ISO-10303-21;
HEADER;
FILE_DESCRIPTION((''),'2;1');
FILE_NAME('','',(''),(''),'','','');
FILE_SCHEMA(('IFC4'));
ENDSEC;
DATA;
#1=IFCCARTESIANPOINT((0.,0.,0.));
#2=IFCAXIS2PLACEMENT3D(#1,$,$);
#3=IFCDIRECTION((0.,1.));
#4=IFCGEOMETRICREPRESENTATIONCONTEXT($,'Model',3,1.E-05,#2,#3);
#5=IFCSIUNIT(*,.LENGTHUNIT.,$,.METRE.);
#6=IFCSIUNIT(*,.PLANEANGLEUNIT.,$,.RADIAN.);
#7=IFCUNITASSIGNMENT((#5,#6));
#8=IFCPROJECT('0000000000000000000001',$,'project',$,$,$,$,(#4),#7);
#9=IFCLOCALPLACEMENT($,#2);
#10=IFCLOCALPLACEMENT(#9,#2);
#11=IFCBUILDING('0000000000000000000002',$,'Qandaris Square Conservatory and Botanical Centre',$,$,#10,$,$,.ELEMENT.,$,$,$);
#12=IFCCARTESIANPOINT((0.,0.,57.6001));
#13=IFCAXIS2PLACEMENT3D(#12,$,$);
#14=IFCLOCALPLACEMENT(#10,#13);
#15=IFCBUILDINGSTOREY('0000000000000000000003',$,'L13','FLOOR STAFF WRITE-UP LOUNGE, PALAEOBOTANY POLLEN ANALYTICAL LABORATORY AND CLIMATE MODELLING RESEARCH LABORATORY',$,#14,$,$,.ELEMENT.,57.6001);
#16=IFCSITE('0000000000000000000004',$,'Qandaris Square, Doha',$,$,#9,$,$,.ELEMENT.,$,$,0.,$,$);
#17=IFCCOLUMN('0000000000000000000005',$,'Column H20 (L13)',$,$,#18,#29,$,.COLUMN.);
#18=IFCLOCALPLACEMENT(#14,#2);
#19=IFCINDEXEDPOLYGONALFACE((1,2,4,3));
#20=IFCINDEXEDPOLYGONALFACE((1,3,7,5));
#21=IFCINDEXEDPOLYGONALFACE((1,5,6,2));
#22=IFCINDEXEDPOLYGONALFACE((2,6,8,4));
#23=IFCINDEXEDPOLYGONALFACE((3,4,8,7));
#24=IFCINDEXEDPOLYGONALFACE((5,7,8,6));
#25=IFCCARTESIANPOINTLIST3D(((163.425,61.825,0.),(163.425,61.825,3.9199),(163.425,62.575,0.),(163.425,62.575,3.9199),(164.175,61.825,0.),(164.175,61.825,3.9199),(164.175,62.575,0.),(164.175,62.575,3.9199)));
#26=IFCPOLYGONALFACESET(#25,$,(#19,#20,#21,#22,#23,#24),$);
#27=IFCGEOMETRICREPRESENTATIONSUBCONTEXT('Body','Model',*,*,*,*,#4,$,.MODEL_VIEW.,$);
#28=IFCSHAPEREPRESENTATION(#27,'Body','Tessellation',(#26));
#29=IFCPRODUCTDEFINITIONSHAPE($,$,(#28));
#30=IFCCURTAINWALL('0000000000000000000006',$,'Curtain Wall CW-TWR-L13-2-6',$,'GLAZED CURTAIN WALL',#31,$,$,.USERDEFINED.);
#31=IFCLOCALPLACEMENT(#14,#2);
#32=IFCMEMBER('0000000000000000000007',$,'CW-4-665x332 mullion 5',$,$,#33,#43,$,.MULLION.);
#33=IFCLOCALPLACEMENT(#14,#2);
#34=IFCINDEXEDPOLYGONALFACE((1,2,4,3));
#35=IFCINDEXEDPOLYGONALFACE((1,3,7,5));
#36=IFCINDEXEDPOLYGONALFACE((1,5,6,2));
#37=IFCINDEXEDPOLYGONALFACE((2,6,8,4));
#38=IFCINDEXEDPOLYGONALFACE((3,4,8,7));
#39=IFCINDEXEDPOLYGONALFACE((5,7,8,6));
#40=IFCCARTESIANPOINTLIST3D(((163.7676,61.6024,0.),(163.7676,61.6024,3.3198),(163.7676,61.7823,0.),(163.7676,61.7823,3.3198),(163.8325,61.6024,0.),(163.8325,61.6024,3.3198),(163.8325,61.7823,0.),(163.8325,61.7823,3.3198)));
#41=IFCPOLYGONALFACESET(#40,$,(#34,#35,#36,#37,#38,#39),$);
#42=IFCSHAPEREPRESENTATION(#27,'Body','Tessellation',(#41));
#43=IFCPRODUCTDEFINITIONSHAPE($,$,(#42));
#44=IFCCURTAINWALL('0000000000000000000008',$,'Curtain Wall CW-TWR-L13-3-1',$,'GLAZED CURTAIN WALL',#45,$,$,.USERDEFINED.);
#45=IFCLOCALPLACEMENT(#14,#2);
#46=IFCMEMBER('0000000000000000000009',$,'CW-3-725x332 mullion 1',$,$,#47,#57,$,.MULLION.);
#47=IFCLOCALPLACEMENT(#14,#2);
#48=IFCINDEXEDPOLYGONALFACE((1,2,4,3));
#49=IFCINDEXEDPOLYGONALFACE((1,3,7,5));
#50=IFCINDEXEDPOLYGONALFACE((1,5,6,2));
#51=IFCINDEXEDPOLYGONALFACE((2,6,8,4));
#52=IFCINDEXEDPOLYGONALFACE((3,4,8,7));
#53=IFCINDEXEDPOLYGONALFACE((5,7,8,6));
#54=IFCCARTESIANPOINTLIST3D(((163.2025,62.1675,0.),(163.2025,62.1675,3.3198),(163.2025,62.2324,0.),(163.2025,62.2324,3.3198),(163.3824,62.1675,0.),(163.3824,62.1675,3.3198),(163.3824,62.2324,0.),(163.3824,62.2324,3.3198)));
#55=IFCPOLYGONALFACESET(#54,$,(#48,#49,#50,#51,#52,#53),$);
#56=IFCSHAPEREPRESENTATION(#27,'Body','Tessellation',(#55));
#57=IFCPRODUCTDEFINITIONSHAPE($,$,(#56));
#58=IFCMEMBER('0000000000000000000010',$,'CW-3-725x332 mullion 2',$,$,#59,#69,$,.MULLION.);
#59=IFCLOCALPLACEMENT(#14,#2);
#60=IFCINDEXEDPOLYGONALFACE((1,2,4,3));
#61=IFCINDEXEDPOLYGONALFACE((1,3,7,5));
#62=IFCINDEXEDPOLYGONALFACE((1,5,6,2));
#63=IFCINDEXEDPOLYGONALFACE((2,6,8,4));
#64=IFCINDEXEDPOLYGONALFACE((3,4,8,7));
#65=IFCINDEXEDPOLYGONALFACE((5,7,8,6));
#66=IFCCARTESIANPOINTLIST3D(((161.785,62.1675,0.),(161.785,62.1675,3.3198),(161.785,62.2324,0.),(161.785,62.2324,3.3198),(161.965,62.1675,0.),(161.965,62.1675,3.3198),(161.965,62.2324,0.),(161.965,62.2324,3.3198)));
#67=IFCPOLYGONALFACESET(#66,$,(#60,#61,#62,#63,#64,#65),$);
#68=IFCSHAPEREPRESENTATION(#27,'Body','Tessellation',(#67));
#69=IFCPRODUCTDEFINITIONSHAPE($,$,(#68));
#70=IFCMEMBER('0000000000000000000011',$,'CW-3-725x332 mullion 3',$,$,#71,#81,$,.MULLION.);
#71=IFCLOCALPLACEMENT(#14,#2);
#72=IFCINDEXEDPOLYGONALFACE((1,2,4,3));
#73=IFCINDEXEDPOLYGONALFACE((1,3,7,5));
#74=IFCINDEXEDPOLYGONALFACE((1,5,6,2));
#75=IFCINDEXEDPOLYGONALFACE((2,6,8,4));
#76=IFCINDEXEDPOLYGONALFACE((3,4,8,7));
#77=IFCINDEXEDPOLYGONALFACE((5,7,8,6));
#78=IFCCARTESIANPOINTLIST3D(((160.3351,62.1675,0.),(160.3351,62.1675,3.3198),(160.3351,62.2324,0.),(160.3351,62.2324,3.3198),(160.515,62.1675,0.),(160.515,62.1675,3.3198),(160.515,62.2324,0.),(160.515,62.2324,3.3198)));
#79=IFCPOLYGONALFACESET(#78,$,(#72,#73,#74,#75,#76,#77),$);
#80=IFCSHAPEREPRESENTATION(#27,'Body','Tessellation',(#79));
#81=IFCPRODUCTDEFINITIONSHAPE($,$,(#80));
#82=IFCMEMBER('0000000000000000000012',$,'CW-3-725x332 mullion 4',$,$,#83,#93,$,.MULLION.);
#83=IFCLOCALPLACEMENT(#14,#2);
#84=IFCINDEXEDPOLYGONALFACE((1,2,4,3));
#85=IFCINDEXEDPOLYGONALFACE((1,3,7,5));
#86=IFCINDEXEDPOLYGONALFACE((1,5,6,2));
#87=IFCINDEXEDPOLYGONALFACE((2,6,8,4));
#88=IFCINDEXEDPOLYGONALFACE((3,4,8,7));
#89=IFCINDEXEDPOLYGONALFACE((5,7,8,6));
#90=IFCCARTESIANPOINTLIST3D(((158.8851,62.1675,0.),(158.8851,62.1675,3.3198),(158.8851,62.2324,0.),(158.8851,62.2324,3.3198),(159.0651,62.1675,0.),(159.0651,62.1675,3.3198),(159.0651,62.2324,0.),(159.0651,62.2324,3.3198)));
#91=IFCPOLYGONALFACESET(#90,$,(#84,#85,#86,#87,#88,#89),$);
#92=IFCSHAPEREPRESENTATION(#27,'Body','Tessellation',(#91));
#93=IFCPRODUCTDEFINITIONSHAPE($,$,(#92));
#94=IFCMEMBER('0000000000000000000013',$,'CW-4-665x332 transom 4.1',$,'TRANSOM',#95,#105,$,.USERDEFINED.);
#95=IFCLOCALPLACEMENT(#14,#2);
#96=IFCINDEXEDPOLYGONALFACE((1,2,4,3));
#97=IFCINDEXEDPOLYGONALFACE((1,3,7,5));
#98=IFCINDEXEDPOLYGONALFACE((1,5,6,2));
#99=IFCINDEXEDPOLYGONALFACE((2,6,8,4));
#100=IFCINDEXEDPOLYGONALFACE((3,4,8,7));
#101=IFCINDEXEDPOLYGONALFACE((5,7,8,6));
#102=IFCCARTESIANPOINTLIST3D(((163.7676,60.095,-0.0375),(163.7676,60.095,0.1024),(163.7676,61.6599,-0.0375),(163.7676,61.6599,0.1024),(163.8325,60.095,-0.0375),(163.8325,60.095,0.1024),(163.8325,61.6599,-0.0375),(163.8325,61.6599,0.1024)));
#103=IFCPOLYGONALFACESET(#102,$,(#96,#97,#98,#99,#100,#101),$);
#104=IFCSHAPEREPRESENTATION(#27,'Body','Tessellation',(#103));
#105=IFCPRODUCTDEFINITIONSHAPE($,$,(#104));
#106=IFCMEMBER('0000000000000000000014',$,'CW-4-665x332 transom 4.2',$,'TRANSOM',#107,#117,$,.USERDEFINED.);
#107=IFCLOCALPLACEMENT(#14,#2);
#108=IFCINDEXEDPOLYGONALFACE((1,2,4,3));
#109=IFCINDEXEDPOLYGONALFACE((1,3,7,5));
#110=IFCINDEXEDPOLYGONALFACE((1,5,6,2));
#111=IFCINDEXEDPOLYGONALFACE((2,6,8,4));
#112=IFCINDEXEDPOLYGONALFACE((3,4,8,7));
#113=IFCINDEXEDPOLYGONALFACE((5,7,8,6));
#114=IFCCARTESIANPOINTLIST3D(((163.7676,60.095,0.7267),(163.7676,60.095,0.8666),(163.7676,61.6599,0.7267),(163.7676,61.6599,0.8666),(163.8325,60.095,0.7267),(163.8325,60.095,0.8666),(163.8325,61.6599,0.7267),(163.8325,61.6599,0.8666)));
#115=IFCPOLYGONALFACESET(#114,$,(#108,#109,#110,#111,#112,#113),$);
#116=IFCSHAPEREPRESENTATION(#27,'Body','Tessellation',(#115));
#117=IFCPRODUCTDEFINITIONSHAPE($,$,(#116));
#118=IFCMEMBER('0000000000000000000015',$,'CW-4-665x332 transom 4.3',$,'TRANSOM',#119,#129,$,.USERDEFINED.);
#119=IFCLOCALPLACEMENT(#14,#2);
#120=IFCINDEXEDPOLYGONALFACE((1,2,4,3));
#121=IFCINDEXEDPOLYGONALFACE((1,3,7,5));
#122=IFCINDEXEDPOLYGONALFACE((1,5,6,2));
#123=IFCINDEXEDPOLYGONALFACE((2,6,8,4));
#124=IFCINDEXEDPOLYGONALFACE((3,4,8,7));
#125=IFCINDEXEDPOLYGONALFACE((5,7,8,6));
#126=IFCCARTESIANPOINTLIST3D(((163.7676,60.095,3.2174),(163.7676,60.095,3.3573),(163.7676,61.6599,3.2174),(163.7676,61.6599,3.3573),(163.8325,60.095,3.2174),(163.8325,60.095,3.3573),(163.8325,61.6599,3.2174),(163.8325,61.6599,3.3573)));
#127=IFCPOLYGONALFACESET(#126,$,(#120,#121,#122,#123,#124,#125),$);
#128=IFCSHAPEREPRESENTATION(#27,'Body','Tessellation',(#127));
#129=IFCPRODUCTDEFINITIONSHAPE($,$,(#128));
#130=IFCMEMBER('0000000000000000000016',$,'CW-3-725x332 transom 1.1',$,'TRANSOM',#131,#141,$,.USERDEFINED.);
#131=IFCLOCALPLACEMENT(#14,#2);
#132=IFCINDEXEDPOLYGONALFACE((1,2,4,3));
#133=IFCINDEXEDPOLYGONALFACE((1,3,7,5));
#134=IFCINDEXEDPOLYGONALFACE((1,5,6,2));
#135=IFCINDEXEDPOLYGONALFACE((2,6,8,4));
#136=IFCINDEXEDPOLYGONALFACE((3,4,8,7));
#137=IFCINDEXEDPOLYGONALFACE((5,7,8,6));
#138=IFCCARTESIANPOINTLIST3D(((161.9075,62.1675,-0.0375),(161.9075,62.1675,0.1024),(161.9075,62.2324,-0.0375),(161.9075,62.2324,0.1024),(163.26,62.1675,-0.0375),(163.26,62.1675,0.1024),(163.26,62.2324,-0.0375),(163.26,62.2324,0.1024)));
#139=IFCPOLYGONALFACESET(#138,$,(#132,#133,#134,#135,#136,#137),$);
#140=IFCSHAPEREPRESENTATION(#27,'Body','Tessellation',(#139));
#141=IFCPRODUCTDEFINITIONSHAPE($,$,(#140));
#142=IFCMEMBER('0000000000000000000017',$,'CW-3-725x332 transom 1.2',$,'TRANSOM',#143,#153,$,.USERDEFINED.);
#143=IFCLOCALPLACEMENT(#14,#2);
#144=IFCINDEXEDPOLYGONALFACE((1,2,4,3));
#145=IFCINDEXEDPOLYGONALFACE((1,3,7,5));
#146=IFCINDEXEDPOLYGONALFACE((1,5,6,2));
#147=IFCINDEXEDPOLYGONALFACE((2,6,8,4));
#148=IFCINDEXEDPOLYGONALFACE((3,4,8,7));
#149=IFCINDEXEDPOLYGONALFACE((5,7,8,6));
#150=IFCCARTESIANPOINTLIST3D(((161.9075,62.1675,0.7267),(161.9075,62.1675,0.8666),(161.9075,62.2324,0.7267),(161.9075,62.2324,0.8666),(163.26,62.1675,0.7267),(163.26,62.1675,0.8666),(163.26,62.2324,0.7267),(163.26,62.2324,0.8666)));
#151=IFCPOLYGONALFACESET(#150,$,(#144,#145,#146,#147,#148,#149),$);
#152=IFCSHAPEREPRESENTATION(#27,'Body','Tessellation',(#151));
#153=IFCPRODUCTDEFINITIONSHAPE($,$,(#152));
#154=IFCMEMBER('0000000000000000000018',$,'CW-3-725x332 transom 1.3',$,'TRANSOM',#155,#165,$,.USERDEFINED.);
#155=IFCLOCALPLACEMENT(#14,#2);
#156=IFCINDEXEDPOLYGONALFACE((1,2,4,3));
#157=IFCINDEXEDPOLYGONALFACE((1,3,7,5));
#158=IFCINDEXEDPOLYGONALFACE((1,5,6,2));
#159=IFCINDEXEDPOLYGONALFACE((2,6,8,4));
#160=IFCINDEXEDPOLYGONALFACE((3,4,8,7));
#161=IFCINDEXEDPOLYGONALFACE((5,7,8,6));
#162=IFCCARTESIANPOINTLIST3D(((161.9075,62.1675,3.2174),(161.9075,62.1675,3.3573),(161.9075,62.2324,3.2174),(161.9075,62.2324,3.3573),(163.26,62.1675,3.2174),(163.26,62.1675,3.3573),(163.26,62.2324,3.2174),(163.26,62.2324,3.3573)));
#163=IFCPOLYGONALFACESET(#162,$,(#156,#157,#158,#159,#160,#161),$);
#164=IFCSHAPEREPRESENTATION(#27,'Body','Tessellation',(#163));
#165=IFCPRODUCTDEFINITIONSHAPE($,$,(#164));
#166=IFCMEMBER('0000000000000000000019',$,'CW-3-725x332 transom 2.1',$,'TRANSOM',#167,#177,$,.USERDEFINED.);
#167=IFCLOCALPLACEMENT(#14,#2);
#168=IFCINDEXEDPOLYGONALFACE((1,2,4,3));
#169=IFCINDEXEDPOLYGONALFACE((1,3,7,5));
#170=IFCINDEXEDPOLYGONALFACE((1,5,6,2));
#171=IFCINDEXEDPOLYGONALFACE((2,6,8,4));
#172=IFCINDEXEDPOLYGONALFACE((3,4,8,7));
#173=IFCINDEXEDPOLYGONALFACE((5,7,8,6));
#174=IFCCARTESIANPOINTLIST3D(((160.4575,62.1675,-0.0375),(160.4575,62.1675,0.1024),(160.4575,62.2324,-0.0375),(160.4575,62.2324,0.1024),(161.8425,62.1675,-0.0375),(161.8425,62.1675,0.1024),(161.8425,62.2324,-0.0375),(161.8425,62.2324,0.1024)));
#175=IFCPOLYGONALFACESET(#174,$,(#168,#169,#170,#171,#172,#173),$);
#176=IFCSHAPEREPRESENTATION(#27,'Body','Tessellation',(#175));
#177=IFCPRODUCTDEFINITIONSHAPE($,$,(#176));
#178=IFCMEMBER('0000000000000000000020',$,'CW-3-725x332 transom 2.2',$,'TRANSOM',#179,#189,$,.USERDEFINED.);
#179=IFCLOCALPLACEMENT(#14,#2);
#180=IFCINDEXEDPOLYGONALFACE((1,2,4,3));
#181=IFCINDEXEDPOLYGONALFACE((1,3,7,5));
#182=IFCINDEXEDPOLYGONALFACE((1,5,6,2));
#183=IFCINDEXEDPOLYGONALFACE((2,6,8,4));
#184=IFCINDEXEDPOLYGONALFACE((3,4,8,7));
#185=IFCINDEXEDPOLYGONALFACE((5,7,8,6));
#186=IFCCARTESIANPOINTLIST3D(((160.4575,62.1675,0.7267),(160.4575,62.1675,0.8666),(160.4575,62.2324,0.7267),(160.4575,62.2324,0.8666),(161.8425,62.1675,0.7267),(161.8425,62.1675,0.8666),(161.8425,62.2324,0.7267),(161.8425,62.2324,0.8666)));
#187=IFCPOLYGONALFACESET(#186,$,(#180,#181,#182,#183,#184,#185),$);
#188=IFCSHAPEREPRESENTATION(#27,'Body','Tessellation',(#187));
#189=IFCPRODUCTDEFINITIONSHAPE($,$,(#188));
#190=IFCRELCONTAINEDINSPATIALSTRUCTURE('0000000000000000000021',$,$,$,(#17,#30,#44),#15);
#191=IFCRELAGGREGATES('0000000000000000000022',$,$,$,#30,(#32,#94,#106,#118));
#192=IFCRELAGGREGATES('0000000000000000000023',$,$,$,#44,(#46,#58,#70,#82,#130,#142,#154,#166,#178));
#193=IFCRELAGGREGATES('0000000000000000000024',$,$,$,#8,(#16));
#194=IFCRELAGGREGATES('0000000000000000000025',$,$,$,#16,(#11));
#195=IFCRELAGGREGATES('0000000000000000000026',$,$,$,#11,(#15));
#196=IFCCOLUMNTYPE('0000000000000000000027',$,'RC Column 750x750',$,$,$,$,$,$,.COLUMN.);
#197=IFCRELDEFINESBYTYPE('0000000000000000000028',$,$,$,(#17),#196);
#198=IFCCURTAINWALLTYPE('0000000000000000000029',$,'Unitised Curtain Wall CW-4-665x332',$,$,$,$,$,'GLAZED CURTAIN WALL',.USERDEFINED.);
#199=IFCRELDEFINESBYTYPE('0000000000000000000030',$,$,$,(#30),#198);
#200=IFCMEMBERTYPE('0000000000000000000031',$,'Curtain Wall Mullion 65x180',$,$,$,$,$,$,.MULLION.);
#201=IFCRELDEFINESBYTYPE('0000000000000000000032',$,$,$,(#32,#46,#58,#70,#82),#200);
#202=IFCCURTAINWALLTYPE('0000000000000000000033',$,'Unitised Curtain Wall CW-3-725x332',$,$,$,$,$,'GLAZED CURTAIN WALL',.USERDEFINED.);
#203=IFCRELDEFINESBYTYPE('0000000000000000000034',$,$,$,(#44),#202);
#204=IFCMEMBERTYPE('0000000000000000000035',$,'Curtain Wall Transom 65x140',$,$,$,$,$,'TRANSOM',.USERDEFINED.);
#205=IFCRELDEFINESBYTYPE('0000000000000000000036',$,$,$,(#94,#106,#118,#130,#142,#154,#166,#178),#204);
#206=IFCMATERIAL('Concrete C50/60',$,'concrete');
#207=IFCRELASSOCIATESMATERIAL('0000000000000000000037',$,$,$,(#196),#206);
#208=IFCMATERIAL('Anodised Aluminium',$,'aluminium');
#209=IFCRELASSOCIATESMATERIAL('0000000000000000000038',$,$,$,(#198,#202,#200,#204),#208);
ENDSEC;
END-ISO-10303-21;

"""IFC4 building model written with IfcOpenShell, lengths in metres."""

from ifc_helpers import new_model, si_unit, direction, frame, origin, origin_2d, place, context, subcontext, project, spatial, rectangle, extrude, material, material_profile, profile_set, type_object, element, aggregate, save


model = new_model("IFC4")

# Units and contexts
model_context = context("Model", 3, precision=1e-05, world=origin(), true_north=direction((0.0, 1.0)))
body_context = subcontext(model_context, "Body", "Model", "MODEL_VIEW")
ifc_project = project(units=[si_unit("LENGTHUNIT", "METRE"), si_unit("PLANEANGLEUNIT", "RADIAN")], contexts=[model_context])

# Site, building, storey
site_placement = place(None, origin())
site = spatial("IfcSite", under=ifc_project, at=site_placement, Name="Qandaris Square, Doha", CompositionType="ELEMENT", RefElevation=0.0)
building_placement = place(site_placement, origin())
building = spatial("IfcBuilding", under=site, at=building_placement, Name="Qandaris Square Conservatory and Botanical Centre", CompositionType="ELEMENT")
storey_placement = place(building_placement, frame((0.0, 0.0, 57.6001)))
storey = spatial("IfcBuildingStorey", under=building, at=storey_placement, Name="L13", Description="FLOOR STAFF WRITE-UP LOUNGE, PALAEOBOTANY POLLEN ANALYTICAL LABORATORY AND CLIMATE MODELLING RESEARCH LABORATORY", CompositionType="ELEMENT", Elevation=57.6001)

# Column
ifc_material_1 = material(Name="Concrete C50/60", Category="concrete")
ifc_material_profile_1 = material_profile(ifc_material_1, rectangle(XDim=0.75, YDim=0.75, at=origin_2d()), Name="RC-COL 750x750")
ifc_profile_set_1 = profile_set([ifc_material_profile_1], Name="Concrete C50/60")
column_type = type_object("IfcColumnType", Name="RC Column 750x750", PredefinedType="COLUMN", material=ifc_profile_set_1)
column_placement = place(storey_placement, frame((163.8, 62.2, 0.0), z_axis=(0.0, 0.0, 1.0), x_axis=(1.0, 0.0, 0.0)))
element("IfcColumn", 1, at=column_placement, inside=storey, type_object=column_type, Name="Column H20 (L13)", PredefinedType="COLUMN", context=body_context, shape_type="SweptSolid", body=[
    extrude(rectangle(XDim=0.75, YDim=0.75, at=origin_2d()), origin(), (0.0, 0.0, 1.0), 3.9199),
])

# Curtain wall, member
ifc_material_2 = material(Name="Anodised Aluminium", Category="aluminium")
curtain_wall_type_1 = type_object("IfcCurtainWallType", Name="Unitised Curtain Wall CW-4-665x332", ElementType="GLAZED CURTAIN WALL", PredefinedType="USERDEFINED", material=ifc_material_2)
curtain_wall_1_placement = place(storey_placement, origin())
curtain_wall_1 = element("IfcCurtainWall", 2, at=curtain_wall_1_placement, inside=storey, type_object=curtain_wall_type_1, Name="Curtain Wall CW-TWR-L13-2-6", ObjectType="GLAZED CURTAIN WALL", PredefinedType="USERDEFINED")
ifc_material_profile_2 = material_profile(ifc_material_2, rectangle(XDim=0.0649, YDim=0.1799, at=origin_2d()), Name="ALU-MUL 65x180")
ifc_profile_set_2 = profile_set([ifc_material_profile_2], Name="Anodised Aluminium")
member_type_1 = type_object("IfcMemberType", Name="Curtain Wall Mullion 65x180", PredefinedType="MULLION", material=ifc_profile_set_2)
member_1_placement = place(storey_placement, frame((163.8, 61.6924, 0.0), z_axis=(0.0, 0.0, 1.0), x_axis=(-1.0, 0.0, 0.0)))
member_1 = element("IfcMember", 3, at=member_1_placement, type_object=member_type_1, Name="CW-4-665x332 mullion 5", PredefinedType="MULLION", context=body_context, shape_type="SweptSolid", body=[
    extrude(rectangle(XDim=0.0649, YDim=0.1799, at=origin_2d()), origin(), (0.0, 0.0, 1.0), 3.3198),
])

# Curtain wall, members
curtain_wall_type_2 = type_object("IfcCurtainWallType", Name="Unitised Curtain Wall CW-3-725x332", ElementType="GLAZED CURTAIN WALL", PredefinedType="USERDEFINED", material=ifc_material_2)
curtain_wall_2_placement = place(storey_placement, origin())
curtain_wall_2 = element("IfcCurtainWall", 4, at=curtain_wall_2_placement, inside=storey, type_object=curtain_wall_type_2, Name="Curtain Wall CW-TWR-L13-3-1", ObjectType="GLAZED CURTAIN WALL", PredefinedType="USERDEFINED")
member_2_placement = place(storey_placement, frame((163.2925, 62.2, 0.0), z_axis=(0.0, 0.0, 1.0), x_axis=(0.0, -1.0, 0.0)))
member_2 = element("IfcMember", 5, at=member_2_placement, type_object=member_type_1, Name="CW-3-725x332 mullion 1", PredefinedType="MULLION", context=body_context, shape_type="SweptSolid", body=[
    extrude(rectangle(XDim=0.0649, YDim=0.1799, at=origin_2d()), origin(), (0.0, 0.0, 1.0), 3.3198),
])
member_3_placement = place(storey_placement, frame((161.875, 62.2, 0.0), z_axis=(0.0, 0.0, 1.0), x_axis=(0.0, -1.0, 0.0)))
member_3 = element("IfcMember", 6, at=member_3_placement, type_object=member_type_1, Name="CW-3-725x332 mullion 2", PredefinedType="MULLION", context=body_context, shape_type="SweptSolid", body=[
    extrude(rectangle(XDim=0.0649, YDim=0.1799, at=origin_2d()), origin(), (0.0, 0.0, 1.0), 3.3198),
])
member_4_placement = place(storey_placement, frame((160.425, 62.2, 0.0), z_axis=(0.0, 0.0, 1.0), x_axis=(0.0, -1.0, 0.0)))
member_4 = element("IfcMember", 7, at=member_4_placement, type_object=member_type_1, Name="CW-3-725x332 mullion 3", PredefinedType="MULLION", context=body_context, shape_type="SweptSolid", body=[
    extrude(rectangle(XDim=0.0649, YDim=0.1799, at=origin_2d()), origin(), (0.0, 0.0, 1.0), 3.3198),
])
member_5_placement = place(storey_placement, frame((158.9751, 62.2, 0.0), z_axis=(0.0, 0.0, 1.0), x_axis=(0.0, -1.0, 0.0)))
member_5 = element("IfcMember", 8, at=member_5_placement, type_object=member_type_1, Name="CW-3-725x332 mullion 4", PredefinedType="MULLION", context=body_context, shape_type="SweptSolid", body=[
    extrude(rectangle(XDim=0.0649, YDim=0.1799, at=origin_2d()), origin(), (0.0, 0.0, 1.0), 3.3198),
])

# Members
ifc_material_profile_3 = material_profile(ifc_material_2, rectangle(XDim=0.0649, YDim=0.1399, at=origin_2d()), Name="ALU-TRN 65x140")
ifc_profile_set_3 = profile_set([ifc_material_profile_3], Name="Anodised Aluminium")
member_type_2 = type_object("IfcMemberType", Name="Curtain Wall Transom 65x140", ElementType="TRANSOM", PredefinedType="USERDEFINED", material=ifc_profile_set_3)
member_6_placement = place(storey_placement, frame((163.8, 60.095, 0.0325), z_axis=(0.0, 1.0, 0.0), x_axis=(-1.0, 0.0, 0.0)))
member_6 = element("IfcMember", 9, at=member_6_placement, type_object=member_type_2, Name="CW-4-665x332 transom 4.1", ObjectType="TRANSOM", PredefinedType="USERDEFINED", context=body_context, shape_type="SweptSolid", body=[
    extrude(rectangle(XDim=0.0649, YDim=0.1399, at=origin_2d()), origin(), (0.0, 0.0, 1.0), 1.5649),
])
member_7_placement = place(storey_placement, frame((163.8, 60.095, 0.7966), z_axis=(0.0, 1.0, 0.0), x_axis=(-1.0, 0.0, 0.0)))
member_7 = element("IfcMember", 10, at=member_7_placement, type_object=member_type_2, Name="CW-4-665x332 transom 4.2", ObjectType="TRANSOM", PredefinedType="USERDEFINED", context=body_context, shape_type="SweptSolid", body=[
    extrude(rectangle(XDim=0.0649, YDim=0.1399, at=origin_2d()), origin(), (0.0, 0.0, 1.0), 1.5649),
])
member_8_placement = place(storey_placement, frame((163.8, 60.095, 3.2874), z_axis=(0.0, 1.0, 0.0), x_axis=(-1.0, 0.0, 0.0)))
member_8 = element("IfcMember", 11, at=member_8_placement, type_object=member_type_2, Name="CW-4-665x332 transom 4.3", ObjectType="TRANSOM", PredefinedType="USERDEFINED", context=body_context, shape_type="SweptSolid", body=[
    extrude(rectangle(XDim=0.0649, YDim=0.1399, at=origin_2d()), origin(), (0.0, 0.0, 1.0), 1.5649),
])
member_9_placement = place(storey_placement, frame((163.26, 62.2, 0.0325), z_axis=(-1.0, 0.0, 0.0), x_axis=(0.0, -1.0, 0.0)))
member_9 = element("IfcMember", 12, at=member_9_placement, type_object=member_type_2, Name="CW-3-725x332 transom 1.1", ObjectType="TRANSOM", PredefinedType="USERDEFINED", context=body_context, shape_type="SweptSolid", body=[
    extrude(rectangle(XDim=0.0649, YDim=0.1399, at=origin_2d()), origin(), (0.0, 0.0, 1.0), 1.3525),
])
member_10_placement = place(storey_placement, frame((163.26, 62.2, 0.7966), z_axis=(-1.0, 0.0, 0.0), x_axis=(0.0, -1.0, 0.0)))
member_10 = element("IfcMember", 13, at=member_10_placement, type_object=member_type_2, Name="CW-3-725x332 transom 1.2", ObjectType="TRANSOM", PredefinedType="USERDEFINED", context=body_context, shape_type="SweptSolid", body=[
    extrude(rectangle(XDim=0.0649, YDim=0.1399, at=origin_2d()), origin(), (0.0, 0.0, 1.0), 1.3525),
])
member_11_placement = place(storey_placement, frame((163.26, 62.2, 3.2874), z_axis=(-1.0, 0.0, 0.0), x_axis=(0.0, -1.0, 0.0)))
member_11 = element("IfcMember", 14, at=member_11_placement, type_object=member_type_2, Name="CW-3-725x332 transom 1.3", ObjectType="TRANSOM", PredefinedType="USERDEFINED", context=body_context, shape_type="SweptSolid", body=[
    extrude(rectangle(XDim=0.0649, YDim=0.1399, at=origin_2d()), origin(), (0.0, 0.0, 1.0), 1.3525),
])
member_12_placement = place(storey_placement, frame((161.8425, 62.2, 0.0325), z_axis=(-1.0, 0.0, 0.0), x_axis=(0.0, -1.0, 0.0)))
member_12 = element("IfcMember", 15, at=member_12_placement, type_object=member_type_2, Name="CW-3-725x332 transom 2.1", ObjectType="TRANSOM", PredefinedType="USERDEFINED", context=body_context, shape_type="SweptSolid", body=[
    extrude(rectangle(XDim=0.0649, YDim=0.1399, at=origin_2d()), origin(), (0.0, 0.0, 1.0), 1.385),
])
member_13_placement = place(storey_placement, frame((161.8425, 62.2, 0.7966), z_axis=(-1.0, 0.0, 0.0), x_axis=(0.0, -1.0, 0.0)))
member_13 = element("IfcMember", 16, at=member_13_placement, type_object=member_type_2, Name="CW-3-725x332 transom 2.2", ObjectType="TRANSOM", PredefinedType="USERDEFINED", context=body_context, shape_type="SweptSolid", body=[
    extrude(rectangle(XDim=0.0649, YDim=0.1399, at=origin_2d()), origin(), (0.0, 0.0, 1.0), 1.385),
])

aggregate(curtain_wall_1, [member_1, member_6, member_7, member_8])
aggregate(curtain_wall_2, [member_2, member_3, member_4, member_5, member_9, member_10, member_11, member_12, member_13])

save(model, "model.ifc")
